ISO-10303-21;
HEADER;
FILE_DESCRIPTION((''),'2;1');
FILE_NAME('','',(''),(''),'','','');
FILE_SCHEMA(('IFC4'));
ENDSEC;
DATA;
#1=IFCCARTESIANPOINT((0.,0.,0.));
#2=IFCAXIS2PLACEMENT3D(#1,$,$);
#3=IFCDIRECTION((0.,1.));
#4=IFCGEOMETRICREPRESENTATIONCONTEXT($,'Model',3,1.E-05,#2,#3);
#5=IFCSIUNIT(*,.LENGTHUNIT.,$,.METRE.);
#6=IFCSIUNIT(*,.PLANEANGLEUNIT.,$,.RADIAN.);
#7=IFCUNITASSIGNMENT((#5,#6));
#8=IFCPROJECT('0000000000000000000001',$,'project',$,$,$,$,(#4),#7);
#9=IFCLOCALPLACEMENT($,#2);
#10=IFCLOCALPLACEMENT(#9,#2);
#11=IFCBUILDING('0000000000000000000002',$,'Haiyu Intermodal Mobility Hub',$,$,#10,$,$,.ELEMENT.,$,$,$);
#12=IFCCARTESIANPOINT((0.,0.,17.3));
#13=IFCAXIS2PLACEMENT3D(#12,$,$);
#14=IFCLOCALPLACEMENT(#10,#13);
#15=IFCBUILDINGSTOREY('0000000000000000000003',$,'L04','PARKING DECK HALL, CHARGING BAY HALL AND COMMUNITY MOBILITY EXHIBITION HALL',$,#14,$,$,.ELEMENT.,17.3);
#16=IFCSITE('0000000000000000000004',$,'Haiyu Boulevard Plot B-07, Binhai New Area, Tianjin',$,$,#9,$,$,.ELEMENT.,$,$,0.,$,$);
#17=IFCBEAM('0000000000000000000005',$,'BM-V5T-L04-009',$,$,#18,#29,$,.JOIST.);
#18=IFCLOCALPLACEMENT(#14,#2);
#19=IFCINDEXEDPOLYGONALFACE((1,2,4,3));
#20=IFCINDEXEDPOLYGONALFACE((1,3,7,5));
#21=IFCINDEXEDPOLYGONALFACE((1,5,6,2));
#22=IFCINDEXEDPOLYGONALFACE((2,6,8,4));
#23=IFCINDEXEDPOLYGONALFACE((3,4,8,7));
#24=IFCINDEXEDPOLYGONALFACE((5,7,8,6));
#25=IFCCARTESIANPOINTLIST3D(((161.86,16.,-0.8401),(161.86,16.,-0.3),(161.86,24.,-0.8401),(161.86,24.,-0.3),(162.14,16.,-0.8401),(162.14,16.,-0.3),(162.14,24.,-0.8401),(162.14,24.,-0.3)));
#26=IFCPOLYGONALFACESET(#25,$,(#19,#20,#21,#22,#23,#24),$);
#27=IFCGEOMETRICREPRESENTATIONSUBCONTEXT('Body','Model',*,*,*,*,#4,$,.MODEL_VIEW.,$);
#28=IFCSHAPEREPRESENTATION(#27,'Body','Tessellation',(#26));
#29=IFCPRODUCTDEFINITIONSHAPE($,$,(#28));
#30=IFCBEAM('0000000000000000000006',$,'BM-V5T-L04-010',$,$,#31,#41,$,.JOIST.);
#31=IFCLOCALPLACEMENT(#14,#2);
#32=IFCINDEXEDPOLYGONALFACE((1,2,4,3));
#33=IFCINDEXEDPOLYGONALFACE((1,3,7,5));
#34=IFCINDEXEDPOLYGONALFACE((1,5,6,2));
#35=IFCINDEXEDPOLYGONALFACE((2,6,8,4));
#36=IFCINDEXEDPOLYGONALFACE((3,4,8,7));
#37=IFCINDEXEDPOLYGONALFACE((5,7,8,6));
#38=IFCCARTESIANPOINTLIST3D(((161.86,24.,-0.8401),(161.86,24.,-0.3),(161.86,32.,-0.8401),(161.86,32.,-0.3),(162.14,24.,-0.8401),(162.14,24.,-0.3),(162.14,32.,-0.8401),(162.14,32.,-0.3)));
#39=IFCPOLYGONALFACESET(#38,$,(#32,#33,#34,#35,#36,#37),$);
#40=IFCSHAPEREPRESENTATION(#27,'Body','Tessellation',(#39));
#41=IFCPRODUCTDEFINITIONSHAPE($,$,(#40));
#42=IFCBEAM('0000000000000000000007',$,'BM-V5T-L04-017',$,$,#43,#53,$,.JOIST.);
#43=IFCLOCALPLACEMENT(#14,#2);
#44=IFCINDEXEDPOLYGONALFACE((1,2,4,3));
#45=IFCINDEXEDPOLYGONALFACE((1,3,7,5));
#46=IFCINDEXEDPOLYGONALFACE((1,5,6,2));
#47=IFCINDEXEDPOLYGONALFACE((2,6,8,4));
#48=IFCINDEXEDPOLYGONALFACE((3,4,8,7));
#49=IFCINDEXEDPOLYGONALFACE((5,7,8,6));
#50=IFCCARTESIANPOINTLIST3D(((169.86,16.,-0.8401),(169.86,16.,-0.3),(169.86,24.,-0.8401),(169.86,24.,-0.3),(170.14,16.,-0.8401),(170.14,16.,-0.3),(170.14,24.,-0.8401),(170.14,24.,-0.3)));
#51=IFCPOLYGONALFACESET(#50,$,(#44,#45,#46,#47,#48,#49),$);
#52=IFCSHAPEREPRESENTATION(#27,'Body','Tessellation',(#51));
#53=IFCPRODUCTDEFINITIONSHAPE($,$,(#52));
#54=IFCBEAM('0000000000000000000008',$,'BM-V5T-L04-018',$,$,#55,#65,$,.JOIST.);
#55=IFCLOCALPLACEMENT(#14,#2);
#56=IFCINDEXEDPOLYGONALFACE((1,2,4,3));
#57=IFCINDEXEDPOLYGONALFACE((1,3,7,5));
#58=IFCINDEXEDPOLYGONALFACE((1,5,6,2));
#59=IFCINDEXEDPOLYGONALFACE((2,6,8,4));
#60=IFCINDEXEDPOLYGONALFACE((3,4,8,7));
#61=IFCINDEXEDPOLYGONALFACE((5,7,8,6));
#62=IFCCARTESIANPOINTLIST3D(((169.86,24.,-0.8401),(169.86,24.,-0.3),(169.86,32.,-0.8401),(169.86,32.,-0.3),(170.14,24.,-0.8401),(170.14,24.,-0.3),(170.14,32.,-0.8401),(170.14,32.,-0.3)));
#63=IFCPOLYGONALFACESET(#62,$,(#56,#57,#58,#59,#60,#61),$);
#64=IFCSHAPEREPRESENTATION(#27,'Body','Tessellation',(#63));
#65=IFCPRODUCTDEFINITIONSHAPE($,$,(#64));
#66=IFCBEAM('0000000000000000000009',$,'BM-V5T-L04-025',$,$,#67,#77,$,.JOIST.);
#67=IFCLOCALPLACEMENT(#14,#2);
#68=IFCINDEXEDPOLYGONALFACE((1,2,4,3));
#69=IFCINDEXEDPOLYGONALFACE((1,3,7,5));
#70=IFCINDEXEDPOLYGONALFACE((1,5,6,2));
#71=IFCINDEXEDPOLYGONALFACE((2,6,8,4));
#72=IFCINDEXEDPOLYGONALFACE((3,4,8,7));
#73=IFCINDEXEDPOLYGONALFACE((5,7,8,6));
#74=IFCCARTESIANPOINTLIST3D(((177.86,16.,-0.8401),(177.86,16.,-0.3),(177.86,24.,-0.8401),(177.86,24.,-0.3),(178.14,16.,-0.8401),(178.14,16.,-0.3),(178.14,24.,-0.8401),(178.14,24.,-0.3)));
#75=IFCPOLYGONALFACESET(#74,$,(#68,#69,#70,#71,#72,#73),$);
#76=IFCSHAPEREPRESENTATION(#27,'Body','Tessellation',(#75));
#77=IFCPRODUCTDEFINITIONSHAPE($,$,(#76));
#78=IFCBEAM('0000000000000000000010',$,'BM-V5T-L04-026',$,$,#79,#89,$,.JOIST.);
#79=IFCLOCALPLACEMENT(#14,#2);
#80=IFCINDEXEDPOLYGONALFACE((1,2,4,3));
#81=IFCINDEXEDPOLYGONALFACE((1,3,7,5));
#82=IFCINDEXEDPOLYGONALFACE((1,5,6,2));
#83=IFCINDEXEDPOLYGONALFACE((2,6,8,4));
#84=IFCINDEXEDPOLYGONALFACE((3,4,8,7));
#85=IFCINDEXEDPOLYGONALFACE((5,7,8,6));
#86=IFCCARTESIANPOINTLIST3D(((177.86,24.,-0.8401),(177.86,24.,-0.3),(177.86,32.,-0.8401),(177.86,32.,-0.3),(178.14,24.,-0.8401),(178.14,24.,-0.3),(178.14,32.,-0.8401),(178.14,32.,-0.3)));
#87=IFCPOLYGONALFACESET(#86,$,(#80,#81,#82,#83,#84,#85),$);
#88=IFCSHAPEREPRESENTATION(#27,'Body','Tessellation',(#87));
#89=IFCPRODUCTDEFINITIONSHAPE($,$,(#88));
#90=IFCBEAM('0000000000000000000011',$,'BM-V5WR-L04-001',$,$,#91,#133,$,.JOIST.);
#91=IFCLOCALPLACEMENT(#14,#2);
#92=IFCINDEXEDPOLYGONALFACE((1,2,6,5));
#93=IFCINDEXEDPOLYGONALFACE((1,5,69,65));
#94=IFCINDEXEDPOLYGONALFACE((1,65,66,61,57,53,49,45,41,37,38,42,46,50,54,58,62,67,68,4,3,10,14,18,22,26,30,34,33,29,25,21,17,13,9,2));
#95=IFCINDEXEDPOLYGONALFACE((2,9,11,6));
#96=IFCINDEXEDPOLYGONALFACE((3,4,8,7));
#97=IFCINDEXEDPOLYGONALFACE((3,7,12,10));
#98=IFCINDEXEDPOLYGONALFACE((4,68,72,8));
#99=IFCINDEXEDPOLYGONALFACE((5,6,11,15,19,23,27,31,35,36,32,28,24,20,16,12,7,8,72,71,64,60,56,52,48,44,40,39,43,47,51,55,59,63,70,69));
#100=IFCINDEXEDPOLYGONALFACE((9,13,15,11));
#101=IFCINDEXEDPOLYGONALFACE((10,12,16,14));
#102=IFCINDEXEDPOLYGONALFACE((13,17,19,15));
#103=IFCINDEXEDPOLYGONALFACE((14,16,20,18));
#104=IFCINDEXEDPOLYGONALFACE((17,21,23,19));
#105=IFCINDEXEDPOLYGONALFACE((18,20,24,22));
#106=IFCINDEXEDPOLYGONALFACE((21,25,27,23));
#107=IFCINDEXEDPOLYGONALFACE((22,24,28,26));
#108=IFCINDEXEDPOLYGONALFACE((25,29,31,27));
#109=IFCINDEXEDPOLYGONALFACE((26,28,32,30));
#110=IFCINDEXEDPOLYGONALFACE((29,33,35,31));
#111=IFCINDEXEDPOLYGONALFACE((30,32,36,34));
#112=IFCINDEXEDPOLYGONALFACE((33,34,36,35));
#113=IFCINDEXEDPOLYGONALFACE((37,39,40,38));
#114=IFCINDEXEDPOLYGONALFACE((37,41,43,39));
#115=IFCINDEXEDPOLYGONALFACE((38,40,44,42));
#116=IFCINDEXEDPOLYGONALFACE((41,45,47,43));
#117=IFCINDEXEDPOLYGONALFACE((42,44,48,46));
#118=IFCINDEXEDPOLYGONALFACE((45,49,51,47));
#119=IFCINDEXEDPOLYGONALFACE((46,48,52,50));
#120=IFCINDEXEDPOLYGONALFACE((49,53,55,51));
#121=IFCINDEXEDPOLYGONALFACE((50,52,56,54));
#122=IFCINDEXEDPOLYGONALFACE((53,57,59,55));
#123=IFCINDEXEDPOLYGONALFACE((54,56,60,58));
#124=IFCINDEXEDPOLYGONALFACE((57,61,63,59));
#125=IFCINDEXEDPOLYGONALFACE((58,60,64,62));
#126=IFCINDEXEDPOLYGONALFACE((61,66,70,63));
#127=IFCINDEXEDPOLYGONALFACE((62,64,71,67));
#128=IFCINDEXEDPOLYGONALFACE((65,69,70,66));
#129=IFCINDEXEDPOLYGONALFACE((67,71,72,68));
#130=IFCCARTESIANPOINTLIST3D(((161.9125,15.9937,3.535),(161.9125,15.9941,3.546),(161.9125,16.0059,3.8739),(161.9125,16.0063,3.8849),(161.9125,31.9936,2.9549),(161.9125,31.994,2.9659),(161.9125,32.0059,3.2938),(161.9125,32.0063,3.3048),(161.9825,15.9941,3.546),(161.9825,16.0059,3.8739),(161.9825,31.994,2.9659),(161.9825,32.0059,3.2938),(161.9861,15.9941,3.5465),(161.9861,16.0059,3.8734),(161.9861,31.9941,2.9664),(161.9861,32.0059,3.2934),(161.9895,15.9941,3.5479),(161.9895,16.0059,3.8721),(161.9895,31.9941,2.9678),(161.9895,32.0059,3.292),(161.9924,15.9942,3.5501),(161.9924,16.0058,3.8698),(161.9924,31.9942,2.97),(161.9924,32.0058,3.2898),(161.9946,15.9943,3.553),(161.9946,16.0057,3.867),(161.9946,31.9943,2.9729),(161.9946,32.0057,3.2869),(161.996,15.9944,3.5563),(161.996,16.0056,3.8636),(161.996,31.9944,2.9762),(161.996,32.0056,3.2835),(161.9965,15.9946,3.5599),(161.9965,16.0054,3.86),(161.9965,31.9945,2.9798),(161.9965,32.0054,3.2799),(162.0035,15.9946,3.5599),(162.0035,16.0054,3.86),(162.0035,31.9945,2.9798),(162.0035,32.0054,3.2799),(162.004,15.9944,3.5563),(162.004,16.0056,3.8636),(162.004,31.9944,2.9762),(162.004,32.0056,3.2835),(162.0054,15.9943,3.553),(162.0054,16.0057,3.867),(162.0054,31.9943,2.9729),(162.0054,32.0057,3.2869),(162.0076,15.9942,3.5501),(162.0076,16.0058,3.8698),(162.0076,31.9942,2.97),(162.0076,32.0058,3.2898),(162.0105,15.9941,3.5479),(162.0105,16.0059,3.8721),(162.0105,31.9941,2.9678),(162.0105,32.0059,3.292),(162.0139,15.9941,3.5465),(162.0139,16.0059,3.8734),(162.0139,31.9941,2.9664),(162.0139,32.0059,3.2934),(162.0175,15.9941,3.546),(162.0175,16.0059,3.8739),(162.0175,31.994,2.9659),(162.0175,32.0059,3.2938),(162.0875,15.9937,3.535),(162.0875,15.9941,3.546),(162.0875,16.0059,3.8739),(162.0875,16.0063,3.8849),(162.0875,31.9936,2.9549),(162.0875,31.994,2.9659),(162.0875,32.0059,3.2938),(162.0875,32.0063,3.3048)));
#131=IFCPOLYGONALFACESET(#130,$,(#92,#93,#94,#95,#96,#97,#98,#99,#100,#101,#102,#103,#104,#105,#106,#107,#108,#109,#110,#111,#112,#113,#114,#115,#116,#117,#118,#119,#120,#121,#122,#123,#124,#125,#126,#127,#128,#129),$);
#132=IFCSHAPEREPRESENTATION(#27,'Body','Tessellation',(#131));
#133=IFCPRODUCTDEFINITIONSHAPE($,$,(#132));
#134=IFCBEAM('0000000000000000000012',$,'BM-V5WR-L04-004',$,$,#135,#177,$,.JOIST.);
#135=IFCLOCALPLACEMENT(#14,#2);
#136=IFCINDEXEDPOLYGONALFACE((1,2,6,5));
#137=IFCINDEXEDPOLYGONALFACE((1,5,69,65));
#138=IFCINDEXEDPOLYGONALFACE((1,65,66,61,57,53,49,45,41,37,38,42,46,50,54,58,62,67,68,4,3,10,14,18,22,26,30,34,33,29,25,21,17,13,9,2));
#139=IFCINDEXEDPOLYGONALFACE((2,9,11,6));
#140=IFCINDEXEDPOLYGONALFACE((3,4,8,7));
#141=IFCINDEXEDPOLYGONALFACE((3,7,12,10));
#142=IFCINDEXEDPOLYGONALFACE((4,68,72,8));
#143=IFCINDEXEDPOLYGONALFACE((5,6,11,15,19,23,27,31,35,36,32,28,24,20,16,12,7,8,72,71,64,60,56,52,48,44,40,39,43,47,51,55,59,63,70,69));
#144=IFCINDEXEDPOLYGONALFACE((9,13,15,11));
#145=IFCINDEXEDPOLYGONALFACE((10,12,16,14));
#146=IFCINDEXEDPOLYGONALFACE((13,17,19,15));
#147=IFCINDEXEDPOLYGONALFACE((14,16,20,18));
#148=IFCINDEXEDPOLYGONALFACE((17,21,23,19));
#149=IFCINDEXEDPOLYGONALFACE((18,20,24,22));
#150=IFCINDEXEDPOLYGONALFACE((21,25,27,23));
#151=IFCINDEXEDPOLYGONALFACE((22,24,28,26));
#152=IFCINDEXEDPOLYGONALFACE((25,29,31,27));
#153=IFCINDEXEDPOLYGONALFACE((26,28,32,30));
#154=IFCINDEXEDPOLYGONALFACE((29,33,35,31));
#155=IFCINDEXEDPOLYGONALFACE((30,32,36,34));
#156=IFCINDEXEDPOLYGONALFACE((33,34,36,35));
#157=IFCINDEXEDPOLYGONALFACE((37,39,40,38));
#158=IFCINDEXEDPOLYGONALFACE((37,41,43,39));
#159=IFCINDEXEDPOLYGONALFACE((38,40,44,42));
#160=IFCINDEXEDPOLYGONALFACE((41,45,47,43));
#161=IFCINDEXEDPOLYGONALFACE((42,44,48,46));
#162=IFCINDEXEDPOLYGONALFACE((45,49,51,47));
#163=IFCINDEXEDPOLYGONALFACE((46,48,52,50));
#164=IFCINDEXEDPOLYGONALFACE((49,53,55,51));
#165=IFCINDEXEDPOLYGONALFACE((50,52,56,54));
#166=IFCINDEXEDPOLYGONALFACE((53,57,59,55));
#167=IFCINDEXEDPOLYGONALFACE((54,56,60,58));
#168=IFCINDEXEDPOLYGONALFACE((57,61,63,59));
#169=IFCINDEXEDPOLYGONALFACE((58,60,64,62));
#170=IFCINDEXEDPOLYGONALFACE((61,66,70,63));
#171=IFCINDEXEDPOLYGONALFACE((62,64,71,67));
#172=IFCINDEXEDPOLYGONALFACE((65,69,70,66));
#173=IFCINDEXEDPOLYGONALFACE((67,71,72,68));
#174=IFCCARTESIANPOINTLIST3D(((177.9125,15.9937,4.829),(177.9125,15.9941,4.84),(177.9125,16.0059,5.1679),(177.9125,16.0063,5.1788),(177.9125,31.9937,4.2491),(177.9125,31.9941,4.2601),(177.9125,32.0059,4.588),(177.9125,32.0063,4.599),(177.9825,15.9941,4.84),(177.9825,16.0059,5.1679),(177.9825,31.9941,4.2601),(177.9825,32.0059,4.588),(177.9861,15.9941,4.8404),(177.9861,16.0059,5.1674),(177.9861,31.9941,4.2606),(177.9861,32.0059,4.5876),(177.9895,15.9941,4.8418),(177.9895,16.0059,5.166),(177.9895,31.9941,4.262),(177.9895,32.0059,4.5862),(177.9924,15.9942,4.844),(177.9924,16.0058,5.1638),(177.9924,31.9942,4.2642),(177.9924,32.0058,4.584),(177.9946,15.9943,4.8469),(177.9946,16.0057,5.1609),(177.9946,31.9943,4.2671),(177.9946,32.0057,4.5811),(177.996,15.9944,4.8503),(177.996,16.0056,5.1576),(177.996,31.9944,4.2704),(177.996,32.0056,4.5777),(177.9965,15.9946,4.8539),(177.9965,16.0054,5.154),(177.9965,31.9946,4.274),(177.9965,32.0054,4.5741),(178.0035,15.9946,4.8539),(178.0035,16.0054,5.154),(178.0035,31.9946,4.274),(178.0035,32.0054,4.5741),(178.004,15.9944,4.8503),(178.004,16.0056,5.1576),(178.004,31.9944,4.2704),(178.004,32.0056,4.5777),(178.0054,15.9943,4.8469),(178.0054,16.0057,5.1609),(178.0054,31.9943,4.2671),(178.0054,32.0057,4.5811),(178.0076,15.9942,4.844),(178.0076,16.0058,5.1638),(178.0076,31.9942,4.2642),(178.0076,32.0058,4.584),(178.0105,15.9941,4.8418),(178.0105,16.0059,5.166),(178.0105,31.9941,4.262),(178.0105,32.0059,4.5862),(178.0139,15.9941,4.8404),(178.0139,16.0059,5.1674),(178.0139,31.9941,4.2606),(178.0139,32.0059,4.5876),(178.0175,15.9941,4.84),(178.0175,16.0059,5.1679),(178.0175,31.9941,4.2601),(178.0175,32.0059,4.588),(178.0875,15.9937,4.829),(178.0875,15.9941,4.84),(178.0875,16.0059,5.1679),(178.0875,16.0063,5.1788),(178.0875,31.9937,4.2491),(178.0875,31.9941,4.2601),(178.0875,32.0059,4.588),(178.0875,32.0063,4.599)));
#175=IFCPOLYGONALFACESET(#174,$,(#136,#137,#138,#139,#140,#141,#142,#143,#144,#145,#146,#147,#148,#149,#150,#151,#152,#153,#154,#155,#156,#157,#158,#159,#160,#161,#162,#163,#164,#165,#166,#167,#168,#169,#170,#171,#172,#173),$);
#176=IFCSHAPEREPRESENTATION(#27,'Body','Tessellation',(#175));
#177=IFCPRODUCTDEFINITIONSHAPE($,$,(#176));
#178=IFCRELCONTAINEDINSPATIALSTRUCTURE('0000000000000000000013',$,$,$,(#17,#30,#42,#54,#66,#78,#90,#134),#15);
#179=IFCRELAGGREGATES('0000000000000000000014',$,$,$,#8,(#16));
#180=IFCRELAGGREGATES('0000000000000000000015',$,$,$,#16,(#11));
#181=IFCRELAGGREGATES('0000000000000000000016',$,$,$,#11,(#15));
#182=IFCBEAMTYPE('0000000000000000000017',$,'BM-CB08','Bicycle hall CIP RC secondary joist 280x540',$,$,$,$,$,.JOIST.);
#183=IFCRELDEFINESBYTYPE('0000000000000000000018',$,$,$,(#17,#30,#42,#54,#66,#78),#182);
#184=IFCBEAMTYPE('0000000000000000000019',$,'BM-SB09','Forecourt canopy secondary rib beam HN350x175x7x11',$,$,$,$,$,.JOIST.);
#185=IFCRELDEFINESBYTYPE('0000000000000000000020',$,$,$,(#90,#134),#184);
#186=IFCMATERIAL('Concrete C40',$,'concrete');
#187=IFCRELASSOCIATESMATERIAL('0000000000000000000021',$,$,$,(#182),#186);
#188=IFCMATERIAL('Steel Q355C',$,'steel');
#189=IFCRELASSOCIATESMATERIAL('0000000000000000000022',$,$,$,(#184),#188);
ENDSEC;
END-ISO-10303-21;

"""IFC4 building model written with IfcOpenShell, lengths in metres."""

from ifc_helpers import new_model, si_unit, direction, frame, origin, origin_2d, place, context, subcontext, project, spatial, rectangle, i_section, extrude, material, material_profile, profile_set, type_object, element, save


model = new_model("IFC4")

# Units and contexts
model_context = context("Model", 3, precision=1e-05, world=origin(), true_north=direction((0.0, 1.0)))
body_context = subcontext(model_context, "Body", "Model", "MODEL_VIEW")
ifc_project = project(units=[si_unit("LENGTHUNIT", "METRE"), si_unit("PLANEANGLEUNIT", "RADIAN")], contexts=[model_context])

# Site, building, storey
site_placement = place(None, origin())
site = spatial("IfcSite", under=ifc_project, at=site_placement, Name="Haiyu Boulevard Plot B-07, Binhai New Area, Tianjin", CompositionType="ELEMENT", RefElevation=0.0)
building_placement = place(site_placement, origin())
building = spatial("IfcBuilding", under=site, at=building_placement, Name="Haiyu Intermodal Mobility Hub", CompositionType="ELEMENT")
storey_placement = place(building_placement, frame((0.0, 0.0, 17.3)))
storey = spatial("IfcBuildingStorey", under=building, at=storey_placement, Name="L04", Description="PARKING DECK HALL, CHARGING BAY HALL AND COMMUNITY MOBILITY EXHIBITION HALL", CompositionType="ELEMENT", Elevation=17.3)

# Shared definitions
ifc_material_1 = material(Name="Steel Q355C", Category="steel")

# Beams
ifc_material_2 = material(Name="Concrete C40", Category="concrete")
ifc_material_profile_1 = material_profile(ifc_material_2, rectangle(XDim=0.28, YDim=0.54, at=origin_2d()), Name="RCB280x540")
ifc_profile_set_1 = profile_set([ifc_material_profile_1], Name="Concrete C40")
beam_type_1 = type_object("IfcBeamType", Name="BM-CB08", Description="Bicycle hall CIP RC secondary joist 280x540", PredefinedType="JOIST", material=ifc_profile_set_1)
for number, where, z_axis, x_axis, name in (
    (1, (162.0, 16.0, -0.5701), (0.0, 1.0, 0.0), (-1.0, 0.0, 0.0), "BM-V5T-L04-009"),
    (2, (162.0, 24.0, -0.5701), (0.0, 1.0, 0.0), (-1.0, 0.0, 0.0), "BM-V5T-L04-010"),
    (3, (170.0, 16.0, -0.5701), (0.0, 1.0, 0.0), (-1.0, 0.0, 0.0), "BM-V5T-L04-017"),
    (4, (170.0, 24.0, -0.5701), (0.0, 1.0, 0.0), (-1.0, 0.0, 0.0), "BM-V5T-L04-018"),
    (5, (178.0, 16.0, -0.5701), (0.0, 1.0, 0.0), (-1.0, 0.0, 0.0), "BM-V5T-L04-025"),
    (6, (178.0, 24.0, -0.5701), (0.0, 1.0, 0.0), (-1.0, 0.0, 0.0), "BM-V5T-L04-026"),
):
    element("IfcBeam", number, at=place(storey_placement, frame(where, z_axis=z_axis, x_axis=x_axis)), inside=storey, type_object=beam_type_1, Name=name, PredefinedType="JOIST", context=body_context, shape_type="SweptSolid", body=[
        extrude(rectangle(XDim=0.28, YDim=0.54, at=origin_2d()), origin(), (0.0, 0.0, 1.0), 8.0),
    ])
ifc_material_profile_2 = material_profile(ifc_material_1, i_section(OverallWidth=0.175, OverallDepth=0.3501, WebThickness=0.0071, FlangeThickness=0.011, FilletRadius=0.0139, at=origin_2d()), Name="HN350x175x7x11")
ifc_profile_set_2 = profile_set([ifc_material_profile_2], Name="Steel Q355C")
beam_type_2 = type_object("IfcBeamType", Name="BM-SB09", Description="Forecourt canopy secondary rib beam HN350x175x7x11", PredefinedType="JOIST", material=ifc_profile_set_2)
for number, where, z_axis, x_axis, name in (
    (7, (162.0, 16.0, 3.71), (0.0, 0.999343, -0.036231), (-1.0, 0.0, 0.0), "BM-V5WR-L04-001"),
    (8, (178.0, 16.0, 5.0039), (0.0, 0.999344, -0.036216), (-1.0, 0.0, 0.0), "BM-V5WR-L04-004"),
):
    element("IfcBeam", number, at=place(storey_placement, frame(where, z_axis=z_axis, x_axis=x_axis)), inside=storey, type_object=beam_type_2, Name=name, PredefinedType="JOIST", context=body_context, shape_type="SweptSolid", body=[
        extrude(i_section(OverallWidth=0.175, OverallDepth=0.3501, WebThickness=0.0071, FlangeThickness=0.011, FilletRadius=0.0139, at=origin_2d()), origin(), (0.0, 0.0, 1.0), 16.0105),
    ])

save(model, "model.ifc")
